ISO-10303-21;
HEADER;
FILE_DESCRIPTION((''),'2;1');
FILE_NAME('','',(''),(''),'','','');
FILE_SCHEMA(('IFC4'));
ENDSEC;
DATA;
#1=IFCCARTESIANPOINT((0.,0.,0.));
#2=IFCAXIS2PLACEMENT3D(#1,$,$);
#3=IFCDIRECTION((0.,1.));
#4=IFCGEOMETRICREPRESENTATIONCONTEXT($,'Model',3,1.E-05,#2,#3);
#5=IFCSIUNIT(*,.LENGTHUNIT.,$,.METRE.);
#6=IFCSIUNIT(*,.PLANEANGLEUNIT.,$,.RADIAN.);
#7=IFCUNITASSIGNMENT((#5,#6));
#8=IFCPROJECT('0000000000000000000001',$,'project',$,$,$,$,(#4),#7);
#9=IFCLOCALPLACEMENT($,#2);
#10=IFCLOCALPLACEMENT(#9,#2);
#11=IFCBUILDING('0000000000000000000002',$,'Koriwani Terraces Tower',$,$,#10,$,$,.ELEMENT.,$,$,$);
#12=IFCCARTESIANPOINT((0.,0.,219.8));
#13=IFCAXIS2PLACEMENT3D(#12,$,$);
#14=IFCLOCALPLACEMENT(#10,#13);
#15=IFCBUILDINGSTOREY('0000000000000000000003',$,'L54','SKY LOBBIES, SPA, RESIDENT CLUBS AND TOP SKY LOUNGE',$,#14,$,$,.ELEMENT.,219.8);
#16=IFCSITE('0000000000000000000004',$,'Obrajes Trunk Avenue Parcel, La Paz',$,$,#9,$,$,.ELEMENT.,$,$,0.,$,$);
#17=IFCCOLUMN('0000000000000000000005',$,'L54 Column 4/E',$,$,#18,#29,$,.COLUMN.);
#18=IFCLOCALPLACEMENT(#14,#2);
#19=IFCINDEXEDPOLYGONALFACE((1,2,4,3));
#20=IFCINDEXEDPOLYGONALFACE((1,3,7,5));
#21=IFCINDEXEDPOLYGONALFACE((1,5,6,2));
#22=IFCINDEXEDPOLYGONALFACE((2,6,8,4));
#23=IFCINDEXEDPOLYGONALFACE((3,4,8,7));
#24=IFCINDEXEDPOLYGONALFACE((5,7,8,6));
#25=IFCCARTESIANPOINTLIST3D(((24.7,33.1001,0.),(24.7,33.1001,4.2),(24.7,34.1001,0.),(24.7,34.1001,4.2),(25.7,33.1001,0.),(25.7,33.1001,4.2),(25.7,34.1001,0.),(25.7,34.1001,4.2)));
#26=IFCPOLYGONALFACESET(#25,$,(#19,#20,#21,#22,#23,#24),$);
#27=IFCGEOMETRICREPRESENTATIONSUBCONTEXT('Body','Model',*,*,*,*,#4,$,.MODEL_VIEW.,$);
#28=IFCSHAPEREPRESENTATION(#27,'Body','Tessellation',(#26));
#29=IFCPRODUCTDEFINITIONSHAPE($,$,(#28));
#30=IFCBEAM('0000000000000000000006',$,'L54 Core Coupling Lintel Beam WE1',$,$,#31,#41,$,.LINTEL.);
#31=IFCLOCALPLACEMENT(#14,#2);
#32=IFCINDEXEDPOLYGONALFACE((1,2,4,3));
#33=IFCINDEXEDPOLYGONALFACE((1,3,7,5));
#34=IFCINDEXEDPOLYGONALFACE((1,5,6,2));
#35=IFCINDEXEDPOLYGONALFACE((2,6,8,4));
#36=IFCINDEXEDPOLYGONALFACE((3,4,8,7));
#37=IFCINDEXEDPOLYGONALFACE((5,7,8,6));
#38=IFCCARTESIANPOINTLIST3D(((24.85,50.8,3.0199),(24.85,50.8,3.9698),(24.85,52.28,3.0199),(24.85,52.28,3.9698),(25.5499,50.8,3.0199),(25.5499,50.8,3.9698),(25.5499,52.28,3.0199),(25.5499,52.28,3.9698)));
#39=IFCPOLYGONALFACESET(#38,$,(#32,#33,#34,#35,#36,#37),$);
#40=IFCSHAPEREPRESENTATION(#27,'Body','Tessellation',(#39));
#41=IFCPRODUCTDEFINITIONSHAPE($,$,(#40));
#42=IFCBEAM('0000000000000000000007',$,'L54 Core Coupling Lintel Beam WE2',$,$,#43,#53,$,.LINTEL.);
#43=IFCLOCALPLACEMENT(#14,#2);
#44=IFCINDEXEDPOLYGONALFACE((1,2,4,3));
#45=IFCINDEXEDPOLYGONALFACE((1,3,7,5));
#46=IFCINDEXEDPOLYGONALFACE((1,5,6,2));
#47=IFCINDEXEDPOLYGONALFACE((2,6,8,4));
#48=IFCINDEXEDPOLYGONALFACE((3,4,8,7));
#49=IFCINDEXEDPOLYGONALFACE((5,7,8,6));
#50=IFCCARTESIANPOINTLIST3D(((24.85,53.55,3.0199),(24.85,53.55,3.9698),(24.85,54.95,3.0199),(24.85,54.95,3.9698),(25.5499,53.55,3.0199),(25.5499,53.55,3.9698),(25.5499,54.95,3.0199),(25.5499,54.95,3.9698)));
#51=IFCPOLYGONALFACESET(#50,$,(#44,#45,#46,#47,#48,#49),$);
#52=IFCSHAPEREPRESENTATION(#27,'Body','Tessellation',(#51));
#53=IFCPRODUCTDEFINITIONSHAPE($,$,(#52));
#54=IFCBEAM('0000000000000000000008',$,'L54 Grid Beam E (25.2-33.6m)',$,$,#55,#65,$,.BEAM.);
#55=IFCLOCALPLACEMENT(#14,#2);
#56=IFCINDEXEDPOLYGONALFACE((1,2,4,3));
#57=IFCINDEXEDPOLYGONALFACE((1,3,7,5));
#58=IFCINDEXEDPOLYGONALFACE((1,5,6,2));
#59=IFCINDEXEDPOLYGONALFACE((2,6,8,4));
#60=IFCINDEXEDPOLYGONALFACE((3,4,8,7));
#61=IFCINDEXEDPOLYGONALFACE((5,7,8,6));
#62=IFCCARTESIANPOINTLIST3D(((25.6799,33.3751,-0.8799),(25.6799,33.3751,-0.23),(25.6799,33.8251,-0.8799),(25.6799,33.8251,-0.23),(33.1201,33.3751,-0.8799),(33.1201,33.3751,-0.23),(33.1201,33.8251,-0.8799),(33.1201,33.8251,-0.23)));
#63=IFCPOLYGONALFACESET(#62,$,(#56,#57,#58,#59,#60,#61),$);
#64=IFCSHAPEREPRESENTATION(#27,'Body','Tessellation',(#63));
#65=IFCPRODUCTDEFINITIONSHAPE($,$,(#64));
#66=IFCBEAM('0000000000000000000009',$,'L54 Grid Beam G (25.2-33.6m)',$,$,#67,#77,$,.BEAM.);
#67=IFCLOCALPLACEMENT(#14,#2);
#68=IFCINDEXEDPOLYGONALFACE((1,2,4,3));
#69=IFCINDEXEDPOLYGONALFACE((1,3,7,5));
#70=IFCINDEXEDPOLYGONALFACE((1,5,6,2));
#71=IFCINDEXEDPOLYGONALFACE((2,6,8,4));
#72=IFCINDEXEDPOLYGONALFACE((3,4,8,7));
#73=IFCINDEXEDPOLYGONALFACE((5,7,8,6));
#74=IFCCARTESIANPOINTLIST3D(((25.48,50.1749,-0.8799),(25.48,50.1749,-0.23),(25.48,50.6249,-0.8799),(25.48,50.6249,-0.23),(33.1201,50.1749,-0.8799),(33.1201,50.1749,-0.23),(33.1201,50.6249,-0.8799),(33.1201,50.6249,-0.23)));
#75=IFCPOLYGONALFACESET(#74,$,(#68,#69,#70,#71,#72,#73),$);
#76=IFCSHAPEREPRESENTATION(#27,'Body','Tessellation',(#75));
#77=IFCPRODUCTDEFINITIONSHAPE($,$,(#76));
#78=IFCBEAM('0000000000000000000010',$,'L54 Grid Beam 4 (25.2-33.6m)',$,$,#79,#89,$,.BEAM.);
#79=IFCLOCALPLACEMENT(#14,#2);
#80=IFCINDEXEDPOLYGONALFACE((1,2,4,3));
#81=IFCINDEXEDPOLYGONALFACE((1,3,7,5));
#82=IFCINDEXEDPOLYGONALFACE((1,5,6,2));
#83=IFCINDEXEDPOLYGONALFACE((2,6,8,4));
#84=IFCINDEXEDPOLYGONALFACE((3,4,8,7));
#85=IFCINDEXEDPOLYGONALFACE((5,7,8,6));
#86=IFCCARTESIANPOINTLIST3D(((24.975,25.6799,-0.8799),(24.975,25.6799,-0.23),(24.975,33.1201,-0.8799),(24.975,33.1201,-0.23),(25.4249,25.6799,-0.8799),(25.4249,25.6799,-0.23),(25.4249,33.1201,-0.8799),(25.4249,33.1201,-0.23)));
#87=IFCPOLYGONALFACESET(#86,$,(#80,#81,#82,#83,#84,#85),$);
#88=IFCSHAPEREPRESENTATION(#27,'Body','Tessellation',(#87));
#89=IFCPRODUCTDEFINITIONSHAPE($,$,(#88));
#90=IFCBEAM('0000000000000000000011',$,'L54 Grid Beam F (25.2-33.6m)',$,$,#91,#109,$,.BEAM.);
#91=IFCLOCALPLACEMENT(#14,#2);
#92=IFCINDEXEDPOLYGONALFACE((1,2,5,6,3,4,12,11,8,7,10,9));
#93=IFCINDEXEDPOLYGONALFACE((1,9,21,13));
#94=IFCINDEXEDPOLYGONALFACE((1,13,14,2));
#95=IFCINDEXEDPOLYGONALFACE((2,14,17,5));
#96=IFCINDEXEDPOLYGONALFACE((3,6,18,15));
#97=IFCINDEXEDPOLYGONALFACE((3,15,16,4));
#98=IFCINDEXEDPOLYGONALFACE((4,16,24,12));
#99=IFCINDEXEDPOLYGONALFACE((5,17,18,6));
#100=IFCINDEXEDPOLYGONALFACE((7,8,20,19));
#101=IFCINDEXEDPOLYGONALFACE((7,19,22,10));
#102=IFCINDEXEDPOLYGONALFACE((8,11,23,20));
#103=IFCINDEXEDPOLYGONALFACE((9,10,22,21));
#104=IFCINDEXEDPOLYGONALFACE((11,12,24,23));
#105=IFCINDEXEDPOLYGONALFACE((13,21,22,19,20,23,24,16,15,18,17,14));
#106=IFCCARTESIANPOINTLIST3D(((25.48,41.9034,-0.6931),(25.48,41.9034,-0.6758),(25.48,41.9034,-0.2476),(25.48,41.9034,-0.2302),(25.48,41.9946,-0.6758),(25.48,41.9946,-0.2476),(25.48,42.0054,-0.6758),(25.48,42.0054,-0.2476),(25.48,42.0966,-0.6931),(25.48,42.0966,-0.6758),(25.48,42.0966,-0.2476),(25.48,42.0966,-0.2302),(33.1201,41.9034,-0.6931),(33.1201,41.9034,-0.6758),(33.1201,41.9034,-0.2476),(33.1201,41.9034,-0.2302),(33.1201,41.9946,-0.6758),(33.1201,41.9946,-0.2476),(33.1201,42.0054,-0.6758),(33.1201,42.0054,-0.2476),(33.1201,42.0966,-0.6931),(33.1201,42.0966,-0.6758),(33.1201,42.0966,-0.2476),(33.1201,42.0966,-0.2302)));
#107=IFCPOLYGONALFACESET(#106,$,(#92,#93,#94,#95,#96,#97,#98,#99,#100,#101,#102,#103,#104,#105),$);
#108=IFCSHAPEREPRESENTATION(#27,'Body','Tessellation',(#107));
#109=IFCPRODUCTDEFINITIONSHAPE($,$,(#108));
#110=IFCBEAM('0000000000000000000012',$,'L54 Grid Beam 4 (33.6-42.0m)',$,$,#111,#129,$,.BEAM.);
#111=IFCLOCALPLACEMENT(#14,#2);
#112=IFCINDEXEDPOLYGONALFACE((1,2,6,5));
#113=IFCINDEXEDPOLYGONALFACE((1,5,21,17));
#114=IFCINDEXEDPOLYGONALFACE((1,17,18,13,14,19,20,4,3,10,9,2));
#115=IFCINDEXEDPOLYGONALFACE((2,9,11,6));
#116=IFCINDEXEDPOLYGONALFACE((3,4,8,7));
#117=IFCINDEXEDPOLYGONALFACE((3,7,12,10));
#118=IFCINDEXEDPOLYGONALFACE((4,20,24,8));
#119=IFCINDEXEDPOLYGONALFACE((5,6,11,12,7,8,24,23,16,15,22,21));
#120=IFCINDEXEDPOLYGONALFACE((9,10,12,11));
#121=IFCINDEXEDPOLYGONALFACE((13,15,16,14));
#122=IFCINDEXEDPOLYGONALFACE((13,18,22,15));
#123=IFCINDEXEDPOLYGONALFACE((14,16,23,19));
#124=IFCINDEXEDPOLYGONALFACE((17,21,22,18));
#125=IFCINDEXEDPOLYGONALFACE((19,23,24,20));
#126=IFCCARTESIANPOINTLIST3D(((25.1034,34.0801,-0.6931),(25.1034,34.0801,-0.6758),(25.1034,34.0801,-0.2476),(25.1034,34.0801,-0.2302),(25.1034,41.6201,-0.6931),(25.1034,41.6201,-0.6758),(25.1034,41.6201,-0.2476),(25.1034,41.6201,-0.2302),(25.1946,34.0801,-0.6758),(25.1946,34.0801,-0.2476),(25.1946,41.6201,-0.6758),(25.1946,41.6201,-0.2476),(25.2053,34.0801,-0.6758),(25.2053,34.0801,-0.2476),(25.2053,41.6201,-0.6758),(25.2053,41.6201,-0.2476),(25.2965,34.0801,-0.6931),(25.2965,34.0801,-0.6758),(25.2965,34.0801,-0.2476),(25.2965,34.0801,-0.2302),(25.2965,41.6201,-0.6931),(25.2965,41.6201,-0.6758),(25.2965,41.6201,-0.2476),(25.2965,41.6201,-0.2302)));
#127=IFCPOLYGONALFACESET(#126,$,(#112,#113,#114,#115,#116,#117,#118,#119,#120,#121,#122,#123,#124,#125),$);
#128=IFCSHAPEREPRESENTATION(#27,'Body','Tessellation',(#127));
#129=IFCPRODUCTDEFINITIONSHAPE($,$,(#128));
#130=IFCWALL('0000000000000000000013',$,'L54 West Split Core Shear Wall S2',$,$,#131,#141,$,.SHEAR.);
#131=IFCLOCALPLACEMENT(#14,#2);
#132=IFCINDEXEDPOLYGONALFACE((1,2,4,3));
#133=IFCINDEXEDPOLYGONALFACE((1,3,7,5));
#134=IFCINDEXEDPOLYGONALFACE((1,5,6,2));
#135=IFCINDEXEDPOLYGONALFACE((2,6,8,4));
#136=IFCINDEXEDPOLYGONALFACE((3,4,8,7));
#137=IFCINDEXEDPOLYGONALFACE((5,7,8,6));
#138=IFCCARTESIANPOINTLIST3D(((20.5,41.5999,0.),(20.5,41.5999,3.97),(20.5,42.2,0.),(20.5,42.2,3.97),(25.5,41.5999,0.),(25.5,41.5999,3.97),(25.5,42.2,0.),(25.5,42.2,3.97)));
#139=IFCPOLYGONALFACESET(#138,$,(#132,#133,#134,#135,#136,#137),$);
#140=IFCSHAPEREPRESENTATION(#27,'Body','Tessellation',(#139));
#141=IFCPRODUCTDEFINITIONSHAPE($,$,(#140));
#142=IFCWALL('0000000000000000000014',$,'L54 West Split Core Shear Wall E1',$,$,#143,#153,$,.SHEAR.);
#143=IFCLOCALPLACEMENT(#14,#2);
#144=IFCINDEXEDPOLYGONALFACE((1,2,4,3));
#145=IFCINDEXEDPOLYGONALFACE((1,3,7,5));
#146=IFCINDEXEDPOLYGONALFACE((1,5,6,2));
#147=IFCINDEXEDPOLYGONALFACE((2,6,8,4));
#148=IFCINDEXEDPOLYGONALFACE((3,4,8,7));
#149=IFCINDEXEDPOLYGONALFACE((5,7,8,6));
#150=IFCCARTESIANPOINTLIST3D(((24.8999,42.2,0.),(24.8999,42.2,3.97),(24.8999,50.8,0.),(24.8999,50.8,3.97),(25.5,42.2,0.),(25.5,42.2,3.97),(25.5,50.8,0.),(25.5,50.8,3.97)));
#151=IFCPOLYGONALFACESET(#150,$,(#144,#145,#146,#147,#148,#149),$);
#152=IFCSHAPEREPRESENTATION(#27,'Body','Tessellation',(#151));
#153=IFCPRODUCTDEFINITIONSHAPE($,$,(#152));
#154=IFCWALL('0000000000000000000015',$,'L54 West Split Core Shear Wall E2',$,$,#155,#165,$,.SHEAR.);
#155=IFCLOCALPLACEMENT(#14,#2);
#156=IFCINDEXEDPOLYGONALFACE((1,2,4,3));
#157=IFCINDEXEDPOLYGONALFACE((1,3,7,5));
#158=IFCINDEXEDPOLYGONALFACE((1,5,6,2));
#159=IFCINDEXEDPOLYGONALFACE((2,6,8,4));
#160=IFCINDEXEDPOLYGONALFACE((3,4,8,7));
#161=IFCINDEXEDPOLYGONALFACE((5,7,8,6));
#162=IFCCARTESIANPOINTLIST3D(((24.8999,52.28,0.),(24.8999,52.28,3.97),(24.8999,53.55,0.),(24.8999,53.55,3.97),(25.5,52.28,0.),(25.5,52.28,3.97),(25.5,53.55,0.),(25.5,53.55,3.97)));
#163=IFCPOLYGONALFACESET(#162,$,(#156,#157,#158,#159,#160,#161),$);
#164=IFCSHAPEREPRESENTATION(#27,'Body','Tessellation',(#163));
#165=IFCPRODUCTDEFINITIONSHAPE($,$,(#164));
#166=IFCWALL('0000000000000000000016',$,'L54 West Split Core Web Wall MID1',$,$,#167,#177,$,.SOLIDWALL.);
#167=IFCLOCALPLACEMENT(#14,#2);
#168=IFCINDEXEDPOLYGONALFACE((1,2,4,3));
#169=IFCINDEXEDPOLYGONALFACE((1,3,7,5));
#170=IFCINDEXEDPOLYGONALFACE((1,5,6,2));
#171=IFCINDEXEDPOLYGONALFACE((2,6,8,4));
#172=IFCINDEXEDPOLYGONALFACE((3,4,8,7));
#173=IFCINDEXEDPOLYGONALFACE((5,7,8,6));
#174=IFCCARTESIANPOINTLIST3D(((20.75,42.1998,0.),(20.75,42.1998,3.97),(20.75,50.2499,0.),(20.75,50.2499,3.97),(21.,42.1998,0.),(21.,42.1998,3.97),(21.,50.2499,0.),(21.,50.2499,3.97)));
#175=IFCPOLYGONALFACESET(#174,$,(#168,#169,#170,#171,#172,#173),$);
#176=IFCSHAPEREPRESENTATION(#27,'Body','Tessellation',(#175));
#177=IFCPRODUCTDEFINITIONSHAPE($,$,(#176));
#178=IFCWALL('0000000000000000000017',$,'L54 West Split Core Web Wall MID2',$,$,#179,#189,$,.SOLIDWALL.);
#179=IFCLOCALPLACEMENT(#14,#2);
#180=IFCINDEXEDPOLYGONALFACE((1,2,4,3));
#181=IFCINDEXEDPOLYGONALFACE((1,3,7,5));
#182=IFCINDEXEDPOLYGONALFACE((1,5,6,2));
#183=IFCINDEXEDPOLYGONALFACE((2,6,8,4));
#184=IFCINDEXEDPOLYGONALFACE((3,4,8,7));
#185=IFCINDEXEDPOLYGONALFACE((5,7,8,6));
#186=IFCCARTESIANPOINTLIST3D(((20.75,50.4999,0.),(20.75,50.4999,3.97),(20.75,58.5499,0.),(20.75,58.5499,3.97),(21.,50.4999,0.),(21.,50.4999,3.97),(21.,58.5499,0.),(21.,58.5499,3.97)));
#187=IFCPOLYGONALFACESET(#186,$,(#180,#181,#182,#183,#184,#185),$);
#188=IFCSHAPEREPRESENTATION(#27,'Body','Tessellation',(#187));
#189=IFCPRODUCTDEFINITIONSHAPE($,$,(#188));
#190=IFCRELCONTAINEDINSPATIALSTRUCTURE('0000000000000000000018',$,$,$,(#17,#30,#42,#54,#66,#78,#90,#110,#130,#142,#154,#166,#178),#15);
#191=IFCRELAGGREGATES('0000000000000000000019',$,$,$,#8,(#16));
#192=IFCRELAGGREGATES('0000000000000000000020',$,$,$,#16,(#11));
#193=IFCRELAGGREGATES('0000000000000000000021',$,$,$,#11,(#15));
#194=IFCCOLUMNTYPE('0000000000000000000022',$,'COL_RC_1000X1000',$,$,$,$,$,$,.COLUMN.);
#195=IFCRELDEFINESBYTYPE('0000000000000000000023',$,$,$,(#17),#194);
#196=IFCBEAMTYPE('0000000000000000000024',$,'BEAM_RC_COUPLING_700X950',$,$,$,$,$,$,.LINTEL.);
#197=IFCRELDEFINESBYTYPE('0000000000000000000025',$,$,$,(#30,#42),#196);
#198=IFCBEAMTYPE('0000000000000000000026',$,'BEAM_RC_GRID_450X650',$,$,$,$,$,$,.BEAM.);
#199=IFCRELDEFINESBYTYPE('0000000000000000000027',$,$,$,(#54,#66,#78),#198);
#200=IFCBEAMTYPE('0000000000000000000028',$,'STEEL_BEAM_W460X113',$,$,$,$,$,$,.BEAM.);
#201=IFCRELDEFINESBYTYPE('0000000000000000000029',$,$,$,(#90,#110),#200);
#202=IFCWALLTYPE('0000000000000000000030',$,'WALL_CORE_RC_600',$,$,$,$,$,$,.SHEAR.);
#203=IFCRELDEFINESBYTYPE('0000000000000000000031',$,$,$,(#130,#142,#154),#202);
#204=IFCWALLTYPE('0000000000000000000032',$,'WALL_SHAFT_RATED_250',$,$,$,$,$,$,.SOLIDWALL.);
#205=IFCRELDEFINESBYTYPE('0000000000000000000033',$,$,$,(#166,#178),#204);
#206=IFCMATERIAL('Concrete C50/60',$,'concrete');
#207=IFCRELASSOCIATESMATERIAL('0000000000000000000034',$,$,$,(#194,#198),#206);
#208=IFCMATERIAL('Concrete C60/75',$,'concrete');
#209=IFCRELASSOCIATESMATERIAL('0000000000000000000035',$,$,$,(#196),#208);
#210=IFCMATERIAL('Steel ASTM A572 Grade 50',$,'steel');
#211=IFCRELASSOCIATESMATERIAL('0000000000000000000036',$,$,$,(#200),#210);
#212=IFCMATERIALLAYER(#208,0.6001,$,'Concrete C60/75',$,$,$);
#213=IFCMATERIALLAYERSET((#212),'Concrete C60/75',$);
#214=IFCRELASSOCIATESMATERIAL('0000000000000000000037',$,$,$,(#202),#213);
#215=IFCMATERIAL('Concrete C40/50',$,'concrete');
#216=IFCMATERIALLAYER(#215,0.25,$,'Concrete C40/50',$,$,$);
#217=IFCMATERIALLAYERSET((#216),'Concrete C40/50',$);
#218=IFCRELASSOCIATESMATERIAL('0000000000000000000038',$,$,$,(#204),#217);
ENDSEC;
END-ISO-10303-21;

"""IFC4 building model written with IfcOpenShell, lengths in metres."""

from ifc_helpers import new_model, si_unit, direction, frame, frame_2d, origin, origin_2d, place, context, subcontext, project, spatial, rectangle, i_section, extrude, material, layer, layer_set, material_profile, profile_set, type_object, element, save


model = new_model("IFC4")

# Units and contexts
model_context = context("Model", 3, precision=1e-05, world=origin(), true_north=direction((0.0, 1.0)))
body_context = subcontext(model_context, "Body", "Model", "MODEL_VIEW")
ifc_project = project(units=[si_unit("LENGTHUNIT", "METRE"), si_unit("PLANEANGLEUNIT", "RADIAN")], contexts=[model_context])

# Site, building, storey
site_placement = place(None, origin())
site = spatial("IfcSite", under=ifc_project, at=site_placement, Name="Obrajes Trunk Avenue Parcel, La Paz", CompositionType="ELEMENT", RefElevation=0.0)
building_placement = place(site_placement, origin())
building = spatial("IfcBuilding", under=site, at=building_placement, Name="Koriwani Terraces Tower", CompositionType="ELEMENT")
storey_placement = place(building_placement, frame((0.0, 0.0, 219.8)))
storey = spatial("IfcBuildingStorey", under=building, at=storey_placement, Name="L54", Description="SKY LOBBIES, SPA, RESIDENT CLUBS AND TOP SKY LOUNGE", CompositionType="ELEMENT", Elevation=219.8)

# Column
ifc_material_1 = material(Name="Concrete C50/60", Category="concrete")
ifc_material_profile_1 = material_profile(ifc_material_1, rectangle(XDim=1.0, YDim=1.0, at=origin_2d()), Name="Concrete C50/60", Category="LoadBearing")
ifc_profile_set_1 = profile_set([ifc_material_profile_1], Name="Concrete C50/60")
column_type = type_object("IfcColumnType", Name="COL_RC_1000X1000", PredefinedType="COLUMN", material=ifc_profile_set_1)
column_placement = place(storey_placement, frame((25.2, 33.6001, 0.0), z_axis=(0.0, 0.0, 1.0), x_axis=(1.0, 0.0, 0.0)))
element("IfcColumn", 1, at=column_placement, inside=storey, type_object=column_type, Name="L54 Column 4/E", PredefinedType="COLUMN", context=body_context, shape_type="SweptSolid", body=[
    extrude(rectangle(XDim=1.0, YDim=1.0, at=origin_2d()), origin(), (0.0, 0.0, 1.0), 4.2),
])

# Beams
ifc_material_2 = material(Name="Concrete C60/75", Category="concrete")
ifc_material_profile_2 = material_profile(ifc_material_2, rectangle(XDim=0.7, YDim=0.95, at=origin_2d()), Name="Concrete C60/75", Category="LoadBearing")
ifc_profile_set_2 = profile_set([ifc_material_profile_2], Name="Concrete C60/75")
beam_type_1 = type_object("IfcBeamType", Name="BEAM_RC_COUPLING_700X950", PredefinedType="LINTEL", material=ifc_profile_set_2)
beam_1_placement = place(storey_placement, frame((25.2, 50.8, 3.4949), z_axis=(0.0, 1.0, 0.0), x_axis=(-1.0, 0.0, 0.0)))
element("IfcBeam", 2, at=beam_1_placement, inside=storey, type_object=beam_type_1, Name="L54 Core Coupling Lintel Beam WE1", PredefinedType="LINTEL", context=body_context, shape_type="SweptSolid", body=[
    extrude(rectangle(XDim=0.7, YDim=0.95, at=origin_2d()), origin(), (0.0, 0.0, 1.0), 1.48),
])
beam_2_placement = place(storey_placement, frame((25.2, 53.55, 3.4949), z_axis=(0.0, 1.0, 0.0), x_axis=(-1.0, 0.0, 0.0)))
element("IfcBeam", 3, at=beam_2_placement, inside=storey, type_object=beam_type_1, Name="L54 Core Coupling Lintel Beam WE2", PredefinedType="LINTEL", context=body_context, shape_type="SweptSolid", body=[
    extrude(rectangle(XDim=0.7, YDim=0.95, at=origin_2d()), origin(), (0.0, 0.0, 1.0), 1.3999),
])
ifc_material_profile_3 = material_profile(ifc_material_1, rectangle(XDim=0.45, YDim=0.6499, at=origin_2d()), Name="Concrete C50/60", Category="LoadBearing")
ifc_profile_set_3 = profile_set([ifc_material_profile_3], Name="Concrete C50/60")
beam_type_2 = type_object("IfcBeamType", Name="BEAM_RC_GRID_450X650", PredefinedType="BEAM", material=ifc_profile_set_3)
beam_3_placement = place(storey_placement, frame((25.6799, 33.6001, -0.5549), z_axis=(1.0, 0.0, 0.0), x_axis=(0.0, 1.0, 0.0)))
element("IfcBeam", 4, at=beam_3_placement, inside=storey, type_object=beam_type_2, Name="L54 Grid Beam E (25.2-33.6m)", PredefinedType="BEAM", context=body_context, shape_type="SweptSolid", body=[
    extrude(rectangle(XDim=0.45, YDim=0.6499, at=origin_2d()), origin(), (0.0, 0.0, 1.0), 7.4402),
])
beam_4_placement = place(storey_placement, frame((25.48, 50.3999, -0.5549), z_axis=(1.0, 0.0, 0.0), x_axis=(0.0, 1.0, 0.0)))
element("IfcBeam", 5, at=beam_4_placement, inside=storey, type_object=beam_type_2, Name="L54 Grid Beam G (25.2-33.6m)", PredefinedType="BEAM", context=body_context, shape_type="SweptSolid", body=[
    extrude(rectangle(XDim=0.45, YDim=0.6499, at=origin_2d()), origin(), (0.0, 0.0, 1.0), 7.6401),
])
beam_5_placement = place(storey_placement, frame((25.2, 25.6799, -0.5549), z_axis=(0.0, 1.0, 0.0), x_axis=(-1.0, 0.0, 0.0)))
element("IfcBeam", 6, at=beam_5_placement, inside=storey, type_object=beam_type_2, Name="L54 Grid Beam 4 (25.2-33.6m)", PredefinedType="BEAM", context=body_context, shape_type="SweptSolid", body=[
    extrude(rectangle(XDim=0.45, YDim=0.6499, at=origin_2d()), origin(), (0.0, 0.0, 1.0), 7.4402),
])
ifc_material_3 = material(Name="Steel ASTM A572 Grade 50", Category="steel")
ifc_material_profile_4 = material_profile(ifc_material_3, i_section(OverallWidth=0.1931, OverallDepth=0.4629, WebThickness=0.0107, FlangeThickness=0.0173, at=origin_2d()), Name="Steel ASTM A572 Grade 50", Category="LoadBearing")
ifc_profile_set_4 = profile_set([ifc_material_profile_4], Name="Steel ASTM A572 Grade 50")
beam_type_3 = type_object("IfcBeamType", Name="STEEL_BEAM_W460X113", PredefinedType="BEAM", material=ifc_profile_set_4)
beam_6_placement = place(storey_placement, frame((25.48, 42.0, -0.4617), z_axis=(1.0, 0.0, 0.0), x_axis=(0.0, 1.0, 0.0)))
element("IfcBeam", 7, at=beam_6_placement, inside=storey, type_object=beam_type_3, Name="L54 Grid Beam F (25.2-33.6m)", PredefinedType="BEAM", context=body_context, shape_type="SweptSolid", body=[
    extrude(i_section(OverallWidth=0.1931, OverallDepth=0.4629, WebThickness=0.0107, FlangeThickness=0.0173, at=origin_2d()), origin(), (0.0, 0.0, 1.0), 7.6401),
])
beam_7_placement = place(storey_placement, frame((25.2, 34.0801, -0.4617), z_axis=(0.0, 1.0, 0.0), x_axis=(-1.0, 0.0, 0.0)))
element("IfcBeam", 8, at=beam_7_placement, inside=storey, type_object=beam_type_3, Name="L54 Grid Beam 4 (33.6-42.0m)", PredefinedType="BEAM", context=body_context, shape_type="SweptSolid", body=[
    extrude(i_section(OverallWidth=0.1931, OverallDepth=0.4629, WebThickness=0.0107, FlangeThickness=0.0173, at=origin_2d()), origin(), (0.0, 0.0, 1.0), 7.54),
])

# Walls
ifc_layer_1 = layer(ifc_material_2, 0.6001, Name="Concrete C60/75")
ifc_layer_set_1 = layer_set([ifc_layer_1], Name="Concrete C60/75")
wall_type_1 = type_object("IfcWallType", Name="WALL_CORE_RC_600", PredefinedType="SHEAR", material=ifc_layer_set_1)
wall_1_placement = place(storey_placement, frame((20.5, 41.8999, 0.0), z_axis=(0.0, 0.0, 1.0), x_axis=(1.0, 0.0, 0.0)))
element("IfcWall", 9, at=wall_1_placement, inside=storey, type_object=wall_type_1, Name="L54 West Split Core Shear Wall S2", PredefinedType="SHEAR", context=body_context, shape_type="SweptSolid", body=[
    extrude(rectangle(XDim=5.0, YDim=0.6001, at=frame_2d((2.5, 0.0))), origin(), (0.0, 0.0, 1.0), 3.97),
])
wall_2_placement = place(storey_placement, frame((25.2, 42.2, 0.0), z_axis=(0.0, 0.0, 1.0), x_axis=(0.0, 1.0, 0.0)))
element("IfcWall", 10, at=wall_2_placement, inside=storey, type_object=wall_type_1, Name="L54 West Split Core Shear Wall E1", PredefinedType="SHEAR", context=body_context, shape_type="SweptSolid", body=[
    extrude(rectangle(XDim=8.6001, YDim=0.6001, at=frame_2d((4.3, 0.0))), origin(), (0.0, 0.0, 1.0), 3.97),
])
wall_3_placement = place(storey_placement, frame((25.2, 52.28, 0.0), z_axis=(0.0, 0.0, 1.0), x_axis=(0.0, 1.0, 0.0)))
element("IfcWall", 11, at=wall_3_placement, inside=storey, type_object=wall_type_1, Name="L54 West Split Core Shear Wall E2", PredefinedType="SHEAR", context=body_context, shape_type="SweptSolid", body=[
    extrude(rectangle(XDim=1.27, YDim=0.6001, at=frame_2d((0.635, 0.0))), origin(), (0.0, 0.0, 1.0), 3.97),
])
ifc_material_4 = material(Name="Concrete C40/50", Category="concrete")
ifc_layer_2 = layer(ifc_material_4, 0.25, Name="Concrete C40/50")
ifc_layer_set_2 = layer_set([ifc_layer_2], Name="Concrete C40/50")
wall_type_2 = type_object("IfcWallType", Name="WALL_SHAFT_RATED_250", PredefinedType="SOLIDWALL", material=ifc_layer_set_2)
for number, where, z_axis, x_axis, name in (
    (12, (20.875, 42.2, 0.0), (0.0, 0.0, 1.0), (0.0, 1.0, 0.0), "L54 West Split Core Web Wall MID1"),
    (13, (20.875, 50.5, 0.0), (0.0, 0.0, 1.0), (0.0, 1.0, 0.0), "L54 West Split Core Web Wall MID2"),
):
    element("IfcWall", number, at=place(storey_placement, frame(where, z_axis=z_axis, x_axis=x_axis)), inside=storey, type_object=wall_type_2, Name=name, PredefinedType="SOLIDWALL", context=body_context, shape_type="SweptSolid", body=[
        extrude(rectangle(XDim=8.05, YDim=0.25, at=frame_2d((4.0249, 0.0))), origin(), (0.0, 0.0, 1.0), 3.97),
    ])

save(model, "model.ifc")
